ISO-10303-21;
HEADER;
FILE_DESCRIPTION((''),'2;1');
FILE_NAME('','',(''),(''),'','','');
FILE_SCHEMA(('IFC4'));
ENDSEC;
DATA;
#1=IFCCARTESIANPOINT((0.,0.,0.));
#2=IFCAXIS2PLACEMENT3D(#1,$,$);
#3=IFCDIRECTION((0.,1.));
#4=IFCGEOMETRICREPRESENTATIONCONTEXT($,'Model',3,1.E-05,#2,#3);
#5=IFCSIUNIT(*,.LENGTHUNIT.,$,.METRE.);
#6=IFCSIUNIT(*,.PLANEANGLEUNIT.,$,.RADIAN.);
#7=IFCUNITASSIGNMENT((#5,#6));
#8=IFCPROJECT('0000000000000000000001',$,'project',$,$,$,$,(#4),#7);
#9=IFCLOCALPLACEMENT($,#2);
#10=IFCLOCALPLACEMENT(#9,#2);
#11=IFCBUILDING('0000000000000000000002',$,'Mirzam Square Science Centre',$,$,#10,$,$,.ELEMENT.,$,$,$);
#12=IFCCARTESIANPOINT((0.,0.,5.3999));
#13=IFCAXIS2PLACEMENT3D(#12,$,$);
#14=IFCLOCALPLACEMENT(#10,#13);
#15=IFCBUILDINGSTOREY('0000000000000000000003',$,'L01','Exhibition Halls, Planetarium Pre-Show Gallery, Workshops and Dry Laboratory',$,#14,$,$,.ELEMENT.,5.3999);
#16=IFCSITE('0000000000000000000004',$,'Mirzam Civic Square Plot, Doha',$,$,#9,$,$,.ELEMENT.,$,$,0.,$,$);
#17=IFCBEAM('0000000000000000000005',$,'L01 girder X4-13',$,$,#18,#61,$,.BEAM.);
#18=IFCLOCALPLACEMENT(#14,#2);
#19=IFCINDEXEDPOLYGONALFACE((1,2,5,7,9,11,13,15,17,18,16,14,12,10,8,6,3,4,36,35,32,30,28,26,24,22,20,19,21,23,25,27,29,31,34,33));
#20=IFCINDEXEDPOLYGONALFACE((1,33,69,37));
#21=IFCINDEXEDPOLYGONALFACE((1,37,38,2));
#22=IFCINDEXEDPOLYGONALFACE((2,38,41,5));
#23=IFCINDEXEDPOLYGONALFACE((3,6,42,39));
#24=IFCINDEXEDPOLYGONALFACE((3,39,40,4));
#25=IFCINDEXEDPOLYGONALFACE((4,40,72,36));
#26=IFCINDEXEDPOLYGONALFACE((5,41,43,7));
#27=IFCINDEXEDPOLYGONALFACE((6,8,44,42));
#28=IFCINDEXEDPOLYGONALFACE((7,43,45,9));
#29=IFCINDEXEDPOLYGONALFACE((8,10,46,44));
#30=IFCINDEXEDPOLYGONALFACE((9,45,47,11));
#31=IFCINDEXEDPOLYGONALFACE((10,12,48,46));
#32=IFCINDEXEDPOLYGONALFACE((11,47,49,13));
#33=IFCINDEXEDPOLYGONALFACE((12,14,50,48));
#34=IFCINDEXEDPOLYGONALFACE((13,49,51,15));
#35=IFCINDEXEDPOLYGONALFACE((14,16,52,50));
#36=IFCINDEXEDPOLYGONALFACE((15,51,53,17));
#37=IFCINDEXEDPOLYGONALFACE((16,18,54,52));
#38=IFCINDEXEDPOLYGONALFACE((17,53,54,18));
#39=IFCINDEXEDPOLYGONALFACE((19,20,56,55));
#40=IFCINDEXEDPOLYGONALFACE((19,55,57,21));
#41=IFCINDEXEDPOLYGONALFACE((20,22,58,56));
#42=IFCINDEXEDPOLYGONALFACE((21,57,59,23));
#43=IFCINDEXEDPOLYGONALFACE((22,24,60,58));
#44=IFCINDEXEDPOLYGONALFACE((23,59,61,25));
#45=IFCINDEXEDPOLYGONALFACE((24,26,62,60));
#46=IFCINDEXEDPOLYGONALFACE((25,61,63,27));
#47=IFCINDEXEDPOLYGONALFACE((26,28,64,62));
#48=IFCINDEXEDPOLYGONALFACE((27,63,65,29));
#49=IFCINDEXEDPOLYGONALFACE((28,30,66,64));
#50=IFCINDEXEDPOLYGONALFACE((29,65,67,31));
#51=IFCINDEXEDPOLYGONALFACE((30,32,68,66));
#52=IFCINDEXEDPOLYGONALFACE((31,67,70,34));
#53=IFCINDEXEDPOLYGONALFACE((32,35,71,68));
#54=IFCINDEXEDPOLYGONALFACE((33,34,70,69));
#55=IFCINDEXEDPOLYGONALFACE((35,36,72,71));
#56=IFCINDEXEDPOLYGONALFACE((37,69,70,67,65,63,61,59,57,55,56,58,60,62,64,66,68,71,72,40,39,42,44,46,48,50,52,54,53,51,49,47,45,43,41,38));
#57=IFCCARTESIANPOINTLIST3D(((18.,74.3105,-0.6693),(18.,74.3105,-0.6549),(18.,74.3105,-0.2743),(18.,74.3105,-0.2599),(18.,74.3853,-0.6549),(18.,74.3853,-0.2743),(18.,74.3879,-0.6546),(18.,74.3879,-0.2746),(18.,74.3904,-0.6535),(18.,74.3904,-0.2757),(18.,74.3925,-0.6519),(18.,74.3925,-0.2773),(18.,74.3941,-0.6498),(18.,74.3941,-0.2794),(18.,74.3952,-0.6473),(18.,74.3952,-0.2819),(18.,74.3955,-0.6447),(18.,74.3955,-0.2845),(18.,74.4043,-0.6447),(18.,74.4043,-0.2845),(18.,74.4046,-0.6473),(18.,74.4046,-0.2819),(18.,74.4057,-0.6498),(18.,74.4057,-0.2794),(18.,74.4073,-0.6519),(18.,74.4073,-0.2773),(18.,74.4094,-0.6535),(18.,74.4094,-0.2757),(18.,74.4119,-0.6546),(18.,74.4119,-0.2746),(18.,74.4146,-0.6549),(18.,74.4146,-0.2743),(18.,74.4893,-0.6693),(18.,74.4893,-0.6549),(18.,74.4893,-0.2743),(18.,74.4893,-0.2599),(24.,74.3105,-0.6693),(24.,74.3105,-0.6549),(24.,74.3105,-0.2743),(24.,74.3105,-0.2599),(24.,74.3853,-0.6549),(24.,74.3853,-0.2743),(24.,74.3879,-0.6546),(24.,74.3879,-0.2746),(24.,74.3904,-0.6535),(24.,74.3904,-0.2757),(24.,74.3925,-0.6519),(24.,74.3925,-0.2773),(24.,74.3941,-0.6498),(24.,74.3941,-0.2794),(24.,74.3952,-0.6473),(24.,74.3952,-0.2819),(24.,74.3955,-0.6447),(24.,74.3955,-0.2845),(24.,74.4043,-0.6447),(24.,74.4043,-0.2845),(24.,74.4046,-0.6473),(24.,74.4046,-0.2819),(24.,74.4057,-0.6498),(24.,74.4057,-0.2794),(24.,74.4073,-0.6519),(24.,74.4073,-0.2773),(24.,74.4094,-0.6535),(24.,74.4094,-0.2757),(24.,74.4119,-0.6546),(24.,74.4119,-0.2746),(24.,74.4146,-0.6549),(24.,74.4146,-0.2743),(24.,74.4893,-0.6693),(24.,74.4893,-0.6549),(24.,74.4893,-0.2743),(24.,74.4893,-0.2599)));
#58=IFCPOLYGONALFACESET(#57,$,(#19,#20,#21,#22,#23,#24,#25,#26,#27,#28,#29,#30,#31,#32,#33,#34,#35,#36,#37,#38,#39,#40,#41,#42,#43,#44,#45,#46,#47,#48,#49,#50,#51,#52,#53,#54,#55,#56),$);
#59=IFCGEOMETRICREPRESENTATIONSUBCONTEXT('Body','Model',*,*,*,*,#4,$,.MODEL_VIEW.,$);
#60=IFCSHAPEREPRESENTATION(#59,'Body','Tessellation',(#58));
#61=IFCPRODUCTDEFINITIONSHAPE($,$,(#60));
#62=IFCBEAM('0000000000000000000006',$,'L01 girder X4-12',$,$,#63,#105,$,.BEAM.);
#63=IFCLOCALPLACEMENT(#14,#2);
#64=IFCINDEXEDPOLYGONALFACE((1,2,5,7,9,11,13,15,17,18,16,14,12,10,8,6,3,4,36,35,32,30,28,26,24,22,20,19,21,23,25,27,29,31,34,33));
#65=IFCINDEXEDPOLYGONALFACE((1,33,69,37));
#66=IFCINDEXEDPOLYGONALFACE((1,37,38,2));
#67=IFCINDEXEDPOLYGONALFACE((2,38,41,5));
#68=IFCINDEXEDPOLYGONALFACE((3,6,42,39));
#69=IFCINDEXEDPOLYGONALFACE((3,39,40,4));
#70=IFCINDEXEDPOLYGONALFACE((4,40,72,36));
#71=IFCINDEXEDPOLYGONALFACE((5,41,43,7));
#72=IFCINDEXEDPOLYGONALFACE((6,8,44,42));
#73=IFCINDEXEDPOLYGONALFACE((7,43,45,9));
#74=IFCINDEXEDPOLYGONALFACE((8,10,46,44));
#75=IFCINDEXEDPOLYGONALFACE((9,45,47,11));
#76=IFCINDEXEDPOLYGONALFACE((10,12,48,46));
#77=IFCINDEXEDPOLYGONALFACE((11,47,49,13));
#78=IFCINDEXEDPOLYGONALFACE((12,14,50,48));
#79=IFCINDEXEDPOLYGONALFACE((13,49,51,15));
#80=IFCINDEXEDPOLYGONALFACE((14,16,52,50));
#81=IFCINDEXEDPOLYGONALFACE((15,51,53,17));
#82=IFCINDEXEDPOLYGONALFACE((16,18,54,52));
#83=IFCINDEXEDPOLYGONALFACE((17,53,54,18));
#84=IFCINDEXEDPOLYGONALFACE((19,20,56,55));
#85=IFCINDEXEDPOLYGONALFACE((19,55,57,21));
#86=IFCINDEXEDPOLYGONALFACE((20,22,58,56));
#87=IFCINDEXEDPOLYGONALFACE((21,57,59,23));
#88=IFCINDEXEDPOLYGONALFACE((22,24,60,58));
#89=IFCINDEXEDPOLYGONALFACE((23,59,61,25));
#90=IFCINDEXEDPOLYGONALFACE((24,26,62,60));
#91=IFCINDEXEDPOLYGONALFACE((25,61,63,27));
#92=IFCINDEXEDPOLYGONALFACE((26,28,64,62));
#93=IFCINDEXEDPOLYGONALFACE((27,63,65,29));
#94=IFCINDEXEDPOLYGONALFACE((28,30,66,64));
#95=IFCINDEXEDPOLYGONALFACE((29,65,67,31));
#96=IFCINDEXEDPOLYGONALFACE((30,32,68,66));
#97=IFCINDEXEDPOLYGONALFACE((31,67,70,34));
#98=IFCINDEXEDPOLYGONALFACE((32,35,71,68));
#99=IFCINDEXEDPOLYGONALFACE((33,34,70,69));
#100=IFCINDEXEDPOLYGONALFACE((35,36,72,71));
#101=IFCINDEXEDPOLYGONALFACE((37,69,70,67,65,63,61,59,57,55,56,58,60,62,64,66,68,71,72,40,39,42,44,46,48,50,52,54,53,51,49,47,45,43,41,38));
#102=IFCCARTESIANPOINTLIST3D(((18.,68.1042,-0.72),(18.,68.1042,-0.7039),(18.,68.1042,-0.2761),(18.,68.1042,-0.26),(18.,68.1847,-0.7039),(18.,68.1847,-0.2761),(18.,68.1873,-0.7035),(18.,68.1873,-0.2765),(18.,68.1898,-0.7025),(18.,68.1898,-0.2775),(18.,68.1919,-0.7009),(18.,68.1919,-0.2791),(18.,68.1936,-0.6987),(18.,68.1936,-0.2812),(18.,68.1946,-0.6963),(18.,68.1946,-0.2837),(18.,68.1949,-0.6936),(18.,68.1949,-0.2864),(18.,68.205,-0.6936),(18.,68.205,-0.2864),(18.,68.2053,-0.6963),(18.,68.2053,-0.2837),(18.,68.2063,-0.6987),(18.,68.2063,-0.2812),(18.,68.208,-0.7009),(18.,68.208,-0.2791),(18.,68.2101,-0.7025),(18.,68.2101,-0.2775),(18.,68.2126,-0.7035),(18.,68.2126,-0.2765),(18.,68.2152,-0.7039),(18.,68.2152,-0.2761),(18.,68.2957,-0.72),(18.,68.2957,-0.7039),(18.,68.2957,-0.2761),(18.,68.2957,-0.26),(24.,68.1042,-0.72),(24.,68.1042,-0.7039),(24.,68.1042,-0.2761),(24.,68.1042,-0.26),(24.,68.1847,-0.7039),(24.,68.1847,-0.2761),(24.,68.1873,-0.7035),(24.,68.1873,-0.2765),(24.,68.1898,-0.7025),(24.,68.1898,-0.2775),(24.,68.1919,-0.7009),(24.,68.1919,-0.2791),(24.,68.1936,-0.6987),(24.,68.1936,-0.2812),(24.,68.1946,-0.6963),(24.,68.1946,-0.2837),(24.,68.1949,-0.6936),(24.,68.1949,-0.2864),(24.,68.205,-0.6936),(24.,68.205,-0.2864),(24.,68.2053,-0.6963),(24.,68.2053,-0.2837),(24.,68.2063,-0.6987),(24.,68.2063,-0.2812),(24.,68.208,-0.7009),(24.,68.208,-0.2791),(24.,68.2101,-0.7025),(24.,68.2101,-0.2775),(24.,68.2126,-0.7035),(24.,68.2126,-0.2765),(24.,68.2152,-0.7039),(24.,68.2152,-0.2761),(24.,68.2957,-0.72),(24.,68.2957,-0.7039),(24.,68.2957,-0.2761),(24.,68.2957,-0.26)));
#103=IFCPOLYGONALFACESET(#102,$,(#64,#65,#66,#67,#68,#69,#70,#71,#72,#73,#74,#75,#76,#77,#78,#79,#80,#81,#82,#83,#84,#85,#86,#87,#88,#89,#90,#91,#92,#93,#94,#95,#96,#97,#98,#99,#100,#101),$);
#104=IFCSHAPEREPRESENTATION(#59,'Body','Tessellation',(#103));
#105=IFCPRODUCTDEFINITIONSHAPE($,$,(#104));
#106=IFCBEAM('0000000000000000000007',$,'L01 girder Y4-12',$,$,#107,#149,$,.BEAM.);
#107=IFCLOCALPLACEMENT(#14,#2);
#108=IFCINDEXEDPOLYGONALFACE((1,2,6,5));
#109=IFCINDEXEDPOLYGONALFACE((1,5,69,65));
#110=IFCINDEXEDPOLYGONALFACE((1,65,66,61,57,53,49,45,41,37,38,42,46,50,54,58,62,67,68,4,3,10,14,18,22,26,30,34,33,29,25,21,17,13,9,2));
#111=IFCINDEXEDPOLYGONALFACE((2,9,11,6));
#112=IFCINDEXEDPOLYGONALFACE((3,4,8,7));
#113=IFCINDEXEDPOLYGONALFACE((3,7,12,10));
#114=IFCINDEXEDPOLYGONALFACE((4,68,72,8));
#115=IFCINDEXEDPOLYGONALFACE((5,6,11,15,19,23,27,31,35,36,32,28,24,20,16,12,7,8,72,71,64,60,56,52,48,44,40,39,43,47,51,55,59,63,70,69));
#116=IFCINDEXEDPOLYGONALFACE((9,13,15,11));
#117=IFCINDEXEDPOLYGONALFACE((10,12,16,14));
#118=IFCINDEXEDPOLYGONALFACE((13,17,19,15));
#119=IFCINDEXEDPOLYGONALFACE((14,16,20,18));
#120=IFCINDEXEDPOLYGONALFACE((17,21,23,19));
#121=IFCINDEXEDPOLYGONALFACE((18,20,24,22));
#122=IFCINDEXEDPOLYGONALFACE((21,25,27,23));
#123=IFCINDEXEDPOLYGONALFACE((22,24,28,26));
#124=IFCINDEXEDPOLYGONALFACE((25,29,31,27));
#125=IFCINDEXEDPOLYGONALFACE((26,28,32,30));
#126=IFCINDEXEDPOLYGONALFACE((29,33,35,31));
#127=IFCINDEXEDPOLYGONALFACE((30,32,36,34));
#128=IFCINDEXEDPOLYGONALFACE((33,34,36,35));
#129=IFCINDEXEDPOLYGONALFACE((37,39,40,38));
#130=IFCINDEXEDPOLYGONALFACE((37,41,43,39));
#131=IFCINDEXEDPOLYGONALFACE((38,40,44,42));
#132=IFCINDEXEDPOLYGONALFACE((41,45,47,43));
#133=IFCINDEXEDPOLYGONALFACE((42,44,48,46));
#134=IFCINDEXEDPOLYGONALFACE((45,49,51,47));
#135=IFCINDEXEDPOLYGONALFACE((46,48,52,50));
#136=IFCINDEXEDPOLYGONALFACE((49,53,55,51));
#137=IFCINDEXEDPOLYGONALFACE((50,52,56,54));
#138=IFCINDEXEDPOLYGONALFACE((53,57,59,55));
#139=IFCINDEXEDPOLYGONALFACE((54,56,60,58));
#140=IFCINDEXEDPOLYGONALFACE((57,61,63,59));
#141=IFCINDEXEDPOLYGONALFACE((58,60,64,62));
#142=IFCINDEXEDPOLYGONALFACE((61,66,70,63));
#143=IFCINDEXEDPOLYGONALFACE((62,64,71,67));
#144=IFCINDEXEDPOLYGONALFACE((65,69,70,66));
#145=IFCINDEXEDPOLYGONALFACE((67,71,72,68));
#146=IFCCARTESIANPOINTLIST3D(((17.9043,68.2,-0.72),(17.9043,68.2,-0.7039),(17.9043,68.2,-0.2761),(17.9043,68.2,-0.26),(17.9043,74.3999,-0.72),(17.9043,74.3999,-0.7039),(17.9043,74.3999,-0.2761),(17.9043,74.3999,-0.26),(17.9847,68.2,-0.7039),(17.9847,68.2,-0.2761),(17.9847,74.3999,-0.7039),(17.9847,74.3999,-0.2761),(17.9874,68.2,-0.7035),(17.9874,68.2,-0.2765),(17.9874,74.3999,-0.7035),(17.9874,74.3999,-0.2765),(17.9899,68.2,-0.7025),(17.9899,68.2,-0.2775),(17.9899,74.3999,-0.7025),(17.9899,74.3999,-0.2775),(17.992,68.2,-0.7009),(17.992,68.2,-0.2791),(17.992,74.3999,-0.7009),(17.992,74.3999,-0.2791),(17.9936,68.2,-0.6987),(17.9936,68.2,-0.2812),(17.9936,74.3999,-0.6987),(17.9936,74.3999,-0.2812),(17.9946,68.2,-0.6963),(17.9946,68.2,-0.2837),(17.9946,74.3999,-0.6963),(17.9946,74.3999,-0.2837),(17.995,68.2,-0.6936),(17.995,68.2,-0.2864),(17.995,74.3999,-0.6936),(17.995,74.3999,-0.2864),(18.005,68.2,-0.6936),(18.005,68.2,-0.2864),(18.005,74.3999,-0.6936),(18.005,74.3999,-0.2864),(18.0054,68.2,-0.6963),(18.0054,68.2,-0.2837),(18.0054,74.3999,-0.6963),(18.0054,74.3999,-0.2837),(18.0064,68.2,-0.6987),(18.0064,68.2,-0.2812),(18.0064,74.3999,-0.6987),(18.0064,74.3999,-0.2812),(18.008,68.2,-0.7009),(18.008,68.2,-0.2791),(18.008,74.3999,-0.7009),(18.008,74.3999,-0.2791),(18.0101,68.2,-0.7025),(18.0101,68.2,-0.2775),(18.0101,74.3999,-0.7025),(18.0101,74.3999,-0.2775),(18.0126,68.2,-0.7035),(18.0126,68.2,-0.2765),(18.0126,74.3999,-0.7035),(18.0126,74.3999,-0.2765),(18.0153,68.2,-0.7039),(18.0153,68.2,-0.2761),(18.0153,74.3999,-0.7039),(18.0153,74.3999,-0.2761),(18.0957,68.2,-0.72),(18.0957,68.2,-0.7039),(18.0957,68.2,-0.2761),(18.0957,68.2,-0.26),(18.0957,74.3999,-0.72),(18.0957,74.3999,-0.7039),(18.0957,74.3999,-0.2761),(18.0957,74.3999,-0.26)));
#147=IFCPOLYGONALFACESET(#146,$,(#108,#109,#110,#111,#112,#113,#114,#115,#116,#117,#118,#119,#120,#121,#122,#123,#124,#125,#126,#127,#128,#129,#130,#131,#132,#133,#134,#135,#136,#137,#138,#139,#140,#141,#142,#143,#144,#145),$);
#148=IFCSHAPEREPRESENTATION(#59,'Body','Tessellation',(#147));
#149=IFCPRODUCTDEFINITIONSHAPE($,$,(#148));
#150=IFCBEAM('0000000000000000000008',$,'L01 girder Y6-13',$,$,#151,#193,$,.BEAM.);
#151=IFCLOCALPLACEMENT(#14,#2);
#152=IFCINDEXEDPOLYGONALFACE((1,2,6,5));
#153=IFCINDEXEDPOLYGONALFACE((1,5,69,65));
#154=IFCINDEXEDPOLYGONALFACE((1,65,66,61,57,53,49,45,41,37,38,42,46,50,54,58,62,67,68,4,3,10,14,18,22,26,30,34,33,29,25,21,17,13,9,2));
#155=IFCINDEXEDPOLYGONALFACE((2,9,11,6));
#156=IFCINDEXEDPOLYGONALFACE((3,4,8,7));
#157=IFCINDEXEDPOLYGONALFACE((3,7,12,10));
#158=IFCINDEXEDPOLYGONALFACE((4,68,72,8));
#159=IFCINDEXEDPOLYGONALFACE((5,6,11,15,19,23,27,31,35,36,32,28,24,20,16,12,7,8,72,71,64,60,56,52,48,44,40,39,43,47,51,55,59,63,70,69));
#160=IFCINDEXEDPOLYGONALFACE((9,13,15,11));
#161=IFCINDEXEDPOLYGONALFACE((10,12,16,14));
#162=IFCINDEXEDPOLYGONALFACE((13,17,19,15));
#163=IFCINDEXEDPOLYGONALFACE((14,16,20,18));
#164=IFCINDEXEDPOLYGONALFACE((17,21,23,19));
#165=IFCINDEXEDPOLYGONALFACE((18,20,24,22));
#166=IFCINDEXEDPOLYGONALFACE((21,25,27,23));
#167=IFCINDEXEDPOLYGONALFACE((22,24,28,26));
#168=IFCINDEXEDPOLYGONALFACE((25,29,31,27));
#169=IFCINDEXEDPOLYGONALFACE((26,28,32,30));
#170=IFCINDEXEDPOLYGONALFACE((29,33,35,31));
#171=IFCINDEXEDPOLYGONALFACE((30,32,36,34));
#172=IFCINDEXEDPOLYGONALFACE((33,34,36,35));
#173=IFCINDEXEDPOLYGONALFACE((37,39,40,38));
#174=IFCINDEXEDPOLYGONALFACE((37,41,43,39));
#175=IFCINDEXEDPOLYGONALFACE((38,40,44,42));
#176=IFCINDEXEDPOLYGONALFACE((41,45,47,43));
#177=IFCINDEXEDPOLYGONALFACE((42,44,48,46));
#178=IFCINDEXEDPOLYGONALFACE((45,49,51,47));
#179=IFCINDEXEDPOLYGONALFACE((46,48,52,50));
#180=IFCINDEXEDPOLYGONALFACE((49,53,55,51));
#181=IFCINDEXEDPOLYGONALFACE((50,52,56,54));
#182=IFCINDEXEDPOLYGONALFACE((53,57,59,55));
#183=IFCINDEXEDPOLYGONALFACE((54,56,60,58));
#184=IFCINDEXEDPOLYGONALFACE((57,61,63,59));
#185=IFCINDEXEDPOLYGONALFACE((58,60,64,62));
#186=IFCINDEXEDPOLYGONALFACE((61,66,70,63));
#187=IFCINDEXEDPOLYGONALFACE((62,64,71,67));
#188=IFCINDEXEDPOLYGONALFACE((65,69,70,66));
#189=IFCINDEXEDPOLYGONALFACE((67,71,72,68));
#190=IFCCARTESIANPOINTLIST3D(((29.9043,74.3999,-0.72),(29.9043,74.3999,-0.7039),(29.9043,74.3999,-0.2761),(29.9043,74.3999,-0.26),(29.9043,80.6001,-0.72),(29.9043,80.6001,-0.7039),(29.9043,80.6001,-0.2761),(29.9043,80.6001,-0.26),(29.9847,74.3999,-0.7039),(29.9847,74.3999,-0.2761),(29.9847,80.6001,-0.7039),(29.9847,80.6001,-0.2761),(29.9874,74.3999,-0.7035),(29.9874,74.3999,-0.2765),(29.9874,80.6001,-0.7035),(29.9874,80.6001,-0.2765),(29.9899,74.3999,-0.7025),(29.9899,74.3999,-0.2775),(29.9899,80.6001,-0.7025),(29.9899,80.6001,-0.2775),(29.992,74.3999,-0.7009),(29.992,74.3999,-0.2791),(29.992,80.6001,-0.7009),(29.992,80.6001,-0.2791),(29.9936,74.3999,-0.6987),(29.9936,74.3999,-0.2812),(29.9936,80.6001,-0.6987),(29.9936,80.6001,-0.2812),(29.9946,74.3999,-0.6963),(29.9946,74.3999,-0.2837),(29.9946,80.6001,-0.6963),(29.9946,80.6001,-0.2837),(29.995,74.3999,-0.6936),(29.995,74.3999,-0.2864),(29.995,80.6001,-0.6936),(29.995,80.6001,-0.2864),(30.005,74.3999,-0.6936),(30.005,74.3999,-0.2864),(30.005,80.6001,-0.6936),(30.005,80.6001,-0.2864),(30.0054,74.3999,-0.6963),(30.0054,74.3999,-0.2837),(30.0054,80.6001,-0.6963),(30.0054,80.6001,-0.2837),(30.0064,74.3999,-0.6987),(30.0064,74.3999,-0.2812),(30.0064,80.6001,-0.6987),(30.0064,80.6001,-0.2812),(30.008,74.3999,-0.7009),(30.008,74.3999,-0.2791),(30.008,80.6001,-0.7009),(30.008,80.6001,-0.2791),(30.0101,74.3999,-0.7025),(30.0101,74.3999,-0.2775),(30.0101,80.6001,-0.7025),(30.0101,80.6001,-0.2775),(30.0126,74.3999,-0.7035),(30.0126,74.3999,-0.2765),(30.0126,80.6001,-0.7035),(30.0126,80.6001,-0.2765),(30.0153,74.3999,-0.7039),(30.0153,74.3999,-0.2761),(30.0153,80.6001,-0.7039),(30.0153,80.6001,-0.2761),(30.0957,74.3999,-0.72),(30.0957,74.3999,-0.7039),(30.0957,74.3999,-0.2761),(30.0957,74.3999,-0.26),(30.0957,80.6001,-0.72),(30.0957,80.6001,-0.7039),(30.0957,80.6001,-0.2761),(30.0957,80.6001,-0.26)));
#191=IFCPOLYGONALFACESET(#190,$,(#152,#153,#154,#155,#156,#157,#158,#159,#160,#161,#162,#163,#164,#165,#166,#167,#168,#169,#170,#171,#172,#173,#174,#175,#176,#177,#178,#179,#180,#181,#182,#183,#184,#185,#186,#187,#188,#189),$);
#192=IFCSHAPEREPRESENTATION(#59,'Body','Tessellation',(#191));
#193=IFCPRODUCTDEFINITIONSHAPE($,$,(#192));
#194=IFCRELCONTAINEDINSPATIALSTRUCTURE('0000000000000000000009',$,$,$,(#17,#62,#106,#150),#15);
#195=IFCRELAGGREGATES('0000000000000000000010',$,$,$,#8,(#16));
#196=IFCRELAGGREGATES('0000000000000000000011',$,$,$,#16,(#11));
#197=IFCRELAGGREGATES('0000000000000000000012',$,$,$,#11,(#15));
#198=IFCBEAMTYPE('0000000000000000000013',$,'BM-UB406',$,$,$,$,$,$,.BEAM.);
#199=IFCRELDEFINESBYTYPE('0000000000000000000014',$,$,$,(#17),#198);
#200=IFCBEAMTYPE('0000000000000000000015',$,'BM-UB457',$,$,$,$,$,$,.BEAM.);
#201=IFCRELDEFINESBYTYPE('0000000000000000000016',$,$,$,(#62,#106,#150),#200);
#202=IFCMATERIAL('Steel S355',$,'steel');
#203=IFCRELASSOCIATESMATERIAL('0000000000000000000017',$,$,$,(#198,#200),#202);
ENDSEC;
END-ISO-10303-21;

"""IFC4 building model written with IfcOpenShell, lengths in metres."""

from ifc_helpers import new_model, si_unit, direction, frame, origin, origin_2d, place, context, subcontext, project, spatial, i_section, extrude, material, material_profile, profile_set, type_object, element, save


model = new_model("IFC4")

# Units and contexts
model_context = context("Model", 3, precision=1e-05, world=origin(), true_north=direction((0.0, 1.0)))
body_context = subcontext(model_context, "Body", "Model", "MODEL_VIEW")
ifc_project = project(units=[si_unit("LENGTHUNIT", "METRE"), si_unit("PLANEANGLEUNIT", "RADIAN")], contexts=[model_context])

# Site, building, storey
site_placement = place(None, origin())
site = spatial("IfcSite", under=ifc_project, at=site_placement, Name="Mirzam Civic Square Plot, Doha", CompositionType="ELEMENT", RefElevation=0.0)
building_placement = place(site_placement, origin())
building = spatial("IfcBuilding", under=site, at=building_placement, Name="Mirzam Square Science Centre", CompositionType="ELEMENT")
storey_placement = place(building_placement, frame((0.0, 0.0, 5.3999)))
storey = spatial("IfcBuildingStorey", under=building, at=storey_placement, Name="L01", Description="Exhibition Halls, Planetarium Pre-Show Gallery, Workshops and Dry Laboratory", CompositionType="ELEMENT", Elevation=5.3999)

# Shared definitions
ifc_material_1 = material(Name="Steel S355", Category="steel")

# Beams
ifc_material_profile_1 = material_profile(ifc_material_1, i_section(OverallWidth=0.1787, OverallDepth=0.4094, WebThickness=0.0088, FlangeThickness=0.0144, FilletRadius=0.0103, at=origin_2d()), Name="406x178x67UB")
ifc_profile_set_1 = profile_set([ifc_material_profile_1], Name="Steel S355")
beam_type_1 = type_object("IfcBeamType", Name="BM-UB406", PredefinedType="BEAM", material=ifc_profile_set_1)
for number, where, z_axis, x_axis, name in (
    (1, (18.0, 74.3999, -0.4646), (1.0, 0.0, 0.0), (0.0, 1.0, 0.0), "L01 girder X4-13"),
):
    element("IfcBeam", number, at=place(storey_placement, frame(where, z_axis=z_axis, x_axis=x_axis)), inside=storey, type_object=beam_type_1, Name=name, PredefinedType="BEAM", context=body_context, shape_type="SweptSolid", body=[
        extrude(i_section(OverallWidth=0.1787, OverallDepth=0.4094, WebThickness=0.0088, FlangeThickness=0.0144, FilletRadius=0.0103, at=origin_2d()), origin(), (0.0, 0.0, 1.0), 6.0),
    ])
ifc_material_profile_2 = material_profile(ifc_material_1, i_section(OverallWidth=0.1914, OverallDepth=0.46, WebThickness=0.01, FlangeThickness=0.0161, FilletRadius=0.0103, at=origin_2d()), Name="457x191x82UB")
ifc_profile_set_2 = profile_set([ifc_material_profile_2], Name="Steel S355")
beam_type_2 = type_object("IfcBeamType", Name="BM-UB457", PredefinedType="BEAM", material=ifc_profile_set_2)
beam_1_placement = place(storey_placement, frame((18.0, 68.2, -0.49), z_axis=(1.0, 0.0, 0.0), x_axis=(0.0, 1.0, 0.0)))
element("IfcBeam", 2, at=beam_1_placement, inside=storey, type_object=beam_type_2, Name="L01 girder X4-12", PredefinedType="BEAM", context=body_context, shape_type="SweptSolid", body=[
    extrude(i_section(OverallWidth=0.1914, OverallDepth=0.46, WebThickness=0.01, FlangeThickness=0.0161, FilletRadius=0.0103, at=origin_2d()), origin(), (0.0, 0.0, 1.0), 6.0),
])
beam_2_placement = place(storey_placement, frame((18.0, 68.2, -0.49), z_axis=(0.0, 1.0, 0.0), x_axis=(-1.0, 0.0, 0.0)))
element("IfcBeam", 3, at=beam_2_placement, inside=storey, type_object=beam_type_2, Name="L01 girder Y4-12", PredefinedType="BEAM", context=body_context, shape_type="SweptSolid", body=[
    extrude(i_section(OverallWidth=0.1914, OverallDepth=0.46, WebThickness=0.01, FlangeThickness=0.0161, FilletRadius=0.0103, at=origin_2d()), origin(), (0.0, 0.0, 1.0), 6.2),
])
beam_3_placement = place(storey_placement, frame((30.0, 74.3999, -0.49), z_axis=(0.0, 1.0, 0.0), x_axis=(-1.0, 0.0, 0.0)))
element("IfcBeam", 4, at=beam_3_placement, inside=storey, type_object=beam_type_2, Name="L01 girder Y6-13", PredefinedType="BEAM", context=body_context, shape_type="SweptSolid", body=[
    extrude(i_section(OverallWidth=0.1914, OverallDepth=0.46, WebThickness=0.01, FlangeThickness=0.0161, FilletRadius=0.0103, at=origin_2d()), origin(), (0.0, 0.0, 1.0), 6.2002),
])

save(model, "model.ifc")
